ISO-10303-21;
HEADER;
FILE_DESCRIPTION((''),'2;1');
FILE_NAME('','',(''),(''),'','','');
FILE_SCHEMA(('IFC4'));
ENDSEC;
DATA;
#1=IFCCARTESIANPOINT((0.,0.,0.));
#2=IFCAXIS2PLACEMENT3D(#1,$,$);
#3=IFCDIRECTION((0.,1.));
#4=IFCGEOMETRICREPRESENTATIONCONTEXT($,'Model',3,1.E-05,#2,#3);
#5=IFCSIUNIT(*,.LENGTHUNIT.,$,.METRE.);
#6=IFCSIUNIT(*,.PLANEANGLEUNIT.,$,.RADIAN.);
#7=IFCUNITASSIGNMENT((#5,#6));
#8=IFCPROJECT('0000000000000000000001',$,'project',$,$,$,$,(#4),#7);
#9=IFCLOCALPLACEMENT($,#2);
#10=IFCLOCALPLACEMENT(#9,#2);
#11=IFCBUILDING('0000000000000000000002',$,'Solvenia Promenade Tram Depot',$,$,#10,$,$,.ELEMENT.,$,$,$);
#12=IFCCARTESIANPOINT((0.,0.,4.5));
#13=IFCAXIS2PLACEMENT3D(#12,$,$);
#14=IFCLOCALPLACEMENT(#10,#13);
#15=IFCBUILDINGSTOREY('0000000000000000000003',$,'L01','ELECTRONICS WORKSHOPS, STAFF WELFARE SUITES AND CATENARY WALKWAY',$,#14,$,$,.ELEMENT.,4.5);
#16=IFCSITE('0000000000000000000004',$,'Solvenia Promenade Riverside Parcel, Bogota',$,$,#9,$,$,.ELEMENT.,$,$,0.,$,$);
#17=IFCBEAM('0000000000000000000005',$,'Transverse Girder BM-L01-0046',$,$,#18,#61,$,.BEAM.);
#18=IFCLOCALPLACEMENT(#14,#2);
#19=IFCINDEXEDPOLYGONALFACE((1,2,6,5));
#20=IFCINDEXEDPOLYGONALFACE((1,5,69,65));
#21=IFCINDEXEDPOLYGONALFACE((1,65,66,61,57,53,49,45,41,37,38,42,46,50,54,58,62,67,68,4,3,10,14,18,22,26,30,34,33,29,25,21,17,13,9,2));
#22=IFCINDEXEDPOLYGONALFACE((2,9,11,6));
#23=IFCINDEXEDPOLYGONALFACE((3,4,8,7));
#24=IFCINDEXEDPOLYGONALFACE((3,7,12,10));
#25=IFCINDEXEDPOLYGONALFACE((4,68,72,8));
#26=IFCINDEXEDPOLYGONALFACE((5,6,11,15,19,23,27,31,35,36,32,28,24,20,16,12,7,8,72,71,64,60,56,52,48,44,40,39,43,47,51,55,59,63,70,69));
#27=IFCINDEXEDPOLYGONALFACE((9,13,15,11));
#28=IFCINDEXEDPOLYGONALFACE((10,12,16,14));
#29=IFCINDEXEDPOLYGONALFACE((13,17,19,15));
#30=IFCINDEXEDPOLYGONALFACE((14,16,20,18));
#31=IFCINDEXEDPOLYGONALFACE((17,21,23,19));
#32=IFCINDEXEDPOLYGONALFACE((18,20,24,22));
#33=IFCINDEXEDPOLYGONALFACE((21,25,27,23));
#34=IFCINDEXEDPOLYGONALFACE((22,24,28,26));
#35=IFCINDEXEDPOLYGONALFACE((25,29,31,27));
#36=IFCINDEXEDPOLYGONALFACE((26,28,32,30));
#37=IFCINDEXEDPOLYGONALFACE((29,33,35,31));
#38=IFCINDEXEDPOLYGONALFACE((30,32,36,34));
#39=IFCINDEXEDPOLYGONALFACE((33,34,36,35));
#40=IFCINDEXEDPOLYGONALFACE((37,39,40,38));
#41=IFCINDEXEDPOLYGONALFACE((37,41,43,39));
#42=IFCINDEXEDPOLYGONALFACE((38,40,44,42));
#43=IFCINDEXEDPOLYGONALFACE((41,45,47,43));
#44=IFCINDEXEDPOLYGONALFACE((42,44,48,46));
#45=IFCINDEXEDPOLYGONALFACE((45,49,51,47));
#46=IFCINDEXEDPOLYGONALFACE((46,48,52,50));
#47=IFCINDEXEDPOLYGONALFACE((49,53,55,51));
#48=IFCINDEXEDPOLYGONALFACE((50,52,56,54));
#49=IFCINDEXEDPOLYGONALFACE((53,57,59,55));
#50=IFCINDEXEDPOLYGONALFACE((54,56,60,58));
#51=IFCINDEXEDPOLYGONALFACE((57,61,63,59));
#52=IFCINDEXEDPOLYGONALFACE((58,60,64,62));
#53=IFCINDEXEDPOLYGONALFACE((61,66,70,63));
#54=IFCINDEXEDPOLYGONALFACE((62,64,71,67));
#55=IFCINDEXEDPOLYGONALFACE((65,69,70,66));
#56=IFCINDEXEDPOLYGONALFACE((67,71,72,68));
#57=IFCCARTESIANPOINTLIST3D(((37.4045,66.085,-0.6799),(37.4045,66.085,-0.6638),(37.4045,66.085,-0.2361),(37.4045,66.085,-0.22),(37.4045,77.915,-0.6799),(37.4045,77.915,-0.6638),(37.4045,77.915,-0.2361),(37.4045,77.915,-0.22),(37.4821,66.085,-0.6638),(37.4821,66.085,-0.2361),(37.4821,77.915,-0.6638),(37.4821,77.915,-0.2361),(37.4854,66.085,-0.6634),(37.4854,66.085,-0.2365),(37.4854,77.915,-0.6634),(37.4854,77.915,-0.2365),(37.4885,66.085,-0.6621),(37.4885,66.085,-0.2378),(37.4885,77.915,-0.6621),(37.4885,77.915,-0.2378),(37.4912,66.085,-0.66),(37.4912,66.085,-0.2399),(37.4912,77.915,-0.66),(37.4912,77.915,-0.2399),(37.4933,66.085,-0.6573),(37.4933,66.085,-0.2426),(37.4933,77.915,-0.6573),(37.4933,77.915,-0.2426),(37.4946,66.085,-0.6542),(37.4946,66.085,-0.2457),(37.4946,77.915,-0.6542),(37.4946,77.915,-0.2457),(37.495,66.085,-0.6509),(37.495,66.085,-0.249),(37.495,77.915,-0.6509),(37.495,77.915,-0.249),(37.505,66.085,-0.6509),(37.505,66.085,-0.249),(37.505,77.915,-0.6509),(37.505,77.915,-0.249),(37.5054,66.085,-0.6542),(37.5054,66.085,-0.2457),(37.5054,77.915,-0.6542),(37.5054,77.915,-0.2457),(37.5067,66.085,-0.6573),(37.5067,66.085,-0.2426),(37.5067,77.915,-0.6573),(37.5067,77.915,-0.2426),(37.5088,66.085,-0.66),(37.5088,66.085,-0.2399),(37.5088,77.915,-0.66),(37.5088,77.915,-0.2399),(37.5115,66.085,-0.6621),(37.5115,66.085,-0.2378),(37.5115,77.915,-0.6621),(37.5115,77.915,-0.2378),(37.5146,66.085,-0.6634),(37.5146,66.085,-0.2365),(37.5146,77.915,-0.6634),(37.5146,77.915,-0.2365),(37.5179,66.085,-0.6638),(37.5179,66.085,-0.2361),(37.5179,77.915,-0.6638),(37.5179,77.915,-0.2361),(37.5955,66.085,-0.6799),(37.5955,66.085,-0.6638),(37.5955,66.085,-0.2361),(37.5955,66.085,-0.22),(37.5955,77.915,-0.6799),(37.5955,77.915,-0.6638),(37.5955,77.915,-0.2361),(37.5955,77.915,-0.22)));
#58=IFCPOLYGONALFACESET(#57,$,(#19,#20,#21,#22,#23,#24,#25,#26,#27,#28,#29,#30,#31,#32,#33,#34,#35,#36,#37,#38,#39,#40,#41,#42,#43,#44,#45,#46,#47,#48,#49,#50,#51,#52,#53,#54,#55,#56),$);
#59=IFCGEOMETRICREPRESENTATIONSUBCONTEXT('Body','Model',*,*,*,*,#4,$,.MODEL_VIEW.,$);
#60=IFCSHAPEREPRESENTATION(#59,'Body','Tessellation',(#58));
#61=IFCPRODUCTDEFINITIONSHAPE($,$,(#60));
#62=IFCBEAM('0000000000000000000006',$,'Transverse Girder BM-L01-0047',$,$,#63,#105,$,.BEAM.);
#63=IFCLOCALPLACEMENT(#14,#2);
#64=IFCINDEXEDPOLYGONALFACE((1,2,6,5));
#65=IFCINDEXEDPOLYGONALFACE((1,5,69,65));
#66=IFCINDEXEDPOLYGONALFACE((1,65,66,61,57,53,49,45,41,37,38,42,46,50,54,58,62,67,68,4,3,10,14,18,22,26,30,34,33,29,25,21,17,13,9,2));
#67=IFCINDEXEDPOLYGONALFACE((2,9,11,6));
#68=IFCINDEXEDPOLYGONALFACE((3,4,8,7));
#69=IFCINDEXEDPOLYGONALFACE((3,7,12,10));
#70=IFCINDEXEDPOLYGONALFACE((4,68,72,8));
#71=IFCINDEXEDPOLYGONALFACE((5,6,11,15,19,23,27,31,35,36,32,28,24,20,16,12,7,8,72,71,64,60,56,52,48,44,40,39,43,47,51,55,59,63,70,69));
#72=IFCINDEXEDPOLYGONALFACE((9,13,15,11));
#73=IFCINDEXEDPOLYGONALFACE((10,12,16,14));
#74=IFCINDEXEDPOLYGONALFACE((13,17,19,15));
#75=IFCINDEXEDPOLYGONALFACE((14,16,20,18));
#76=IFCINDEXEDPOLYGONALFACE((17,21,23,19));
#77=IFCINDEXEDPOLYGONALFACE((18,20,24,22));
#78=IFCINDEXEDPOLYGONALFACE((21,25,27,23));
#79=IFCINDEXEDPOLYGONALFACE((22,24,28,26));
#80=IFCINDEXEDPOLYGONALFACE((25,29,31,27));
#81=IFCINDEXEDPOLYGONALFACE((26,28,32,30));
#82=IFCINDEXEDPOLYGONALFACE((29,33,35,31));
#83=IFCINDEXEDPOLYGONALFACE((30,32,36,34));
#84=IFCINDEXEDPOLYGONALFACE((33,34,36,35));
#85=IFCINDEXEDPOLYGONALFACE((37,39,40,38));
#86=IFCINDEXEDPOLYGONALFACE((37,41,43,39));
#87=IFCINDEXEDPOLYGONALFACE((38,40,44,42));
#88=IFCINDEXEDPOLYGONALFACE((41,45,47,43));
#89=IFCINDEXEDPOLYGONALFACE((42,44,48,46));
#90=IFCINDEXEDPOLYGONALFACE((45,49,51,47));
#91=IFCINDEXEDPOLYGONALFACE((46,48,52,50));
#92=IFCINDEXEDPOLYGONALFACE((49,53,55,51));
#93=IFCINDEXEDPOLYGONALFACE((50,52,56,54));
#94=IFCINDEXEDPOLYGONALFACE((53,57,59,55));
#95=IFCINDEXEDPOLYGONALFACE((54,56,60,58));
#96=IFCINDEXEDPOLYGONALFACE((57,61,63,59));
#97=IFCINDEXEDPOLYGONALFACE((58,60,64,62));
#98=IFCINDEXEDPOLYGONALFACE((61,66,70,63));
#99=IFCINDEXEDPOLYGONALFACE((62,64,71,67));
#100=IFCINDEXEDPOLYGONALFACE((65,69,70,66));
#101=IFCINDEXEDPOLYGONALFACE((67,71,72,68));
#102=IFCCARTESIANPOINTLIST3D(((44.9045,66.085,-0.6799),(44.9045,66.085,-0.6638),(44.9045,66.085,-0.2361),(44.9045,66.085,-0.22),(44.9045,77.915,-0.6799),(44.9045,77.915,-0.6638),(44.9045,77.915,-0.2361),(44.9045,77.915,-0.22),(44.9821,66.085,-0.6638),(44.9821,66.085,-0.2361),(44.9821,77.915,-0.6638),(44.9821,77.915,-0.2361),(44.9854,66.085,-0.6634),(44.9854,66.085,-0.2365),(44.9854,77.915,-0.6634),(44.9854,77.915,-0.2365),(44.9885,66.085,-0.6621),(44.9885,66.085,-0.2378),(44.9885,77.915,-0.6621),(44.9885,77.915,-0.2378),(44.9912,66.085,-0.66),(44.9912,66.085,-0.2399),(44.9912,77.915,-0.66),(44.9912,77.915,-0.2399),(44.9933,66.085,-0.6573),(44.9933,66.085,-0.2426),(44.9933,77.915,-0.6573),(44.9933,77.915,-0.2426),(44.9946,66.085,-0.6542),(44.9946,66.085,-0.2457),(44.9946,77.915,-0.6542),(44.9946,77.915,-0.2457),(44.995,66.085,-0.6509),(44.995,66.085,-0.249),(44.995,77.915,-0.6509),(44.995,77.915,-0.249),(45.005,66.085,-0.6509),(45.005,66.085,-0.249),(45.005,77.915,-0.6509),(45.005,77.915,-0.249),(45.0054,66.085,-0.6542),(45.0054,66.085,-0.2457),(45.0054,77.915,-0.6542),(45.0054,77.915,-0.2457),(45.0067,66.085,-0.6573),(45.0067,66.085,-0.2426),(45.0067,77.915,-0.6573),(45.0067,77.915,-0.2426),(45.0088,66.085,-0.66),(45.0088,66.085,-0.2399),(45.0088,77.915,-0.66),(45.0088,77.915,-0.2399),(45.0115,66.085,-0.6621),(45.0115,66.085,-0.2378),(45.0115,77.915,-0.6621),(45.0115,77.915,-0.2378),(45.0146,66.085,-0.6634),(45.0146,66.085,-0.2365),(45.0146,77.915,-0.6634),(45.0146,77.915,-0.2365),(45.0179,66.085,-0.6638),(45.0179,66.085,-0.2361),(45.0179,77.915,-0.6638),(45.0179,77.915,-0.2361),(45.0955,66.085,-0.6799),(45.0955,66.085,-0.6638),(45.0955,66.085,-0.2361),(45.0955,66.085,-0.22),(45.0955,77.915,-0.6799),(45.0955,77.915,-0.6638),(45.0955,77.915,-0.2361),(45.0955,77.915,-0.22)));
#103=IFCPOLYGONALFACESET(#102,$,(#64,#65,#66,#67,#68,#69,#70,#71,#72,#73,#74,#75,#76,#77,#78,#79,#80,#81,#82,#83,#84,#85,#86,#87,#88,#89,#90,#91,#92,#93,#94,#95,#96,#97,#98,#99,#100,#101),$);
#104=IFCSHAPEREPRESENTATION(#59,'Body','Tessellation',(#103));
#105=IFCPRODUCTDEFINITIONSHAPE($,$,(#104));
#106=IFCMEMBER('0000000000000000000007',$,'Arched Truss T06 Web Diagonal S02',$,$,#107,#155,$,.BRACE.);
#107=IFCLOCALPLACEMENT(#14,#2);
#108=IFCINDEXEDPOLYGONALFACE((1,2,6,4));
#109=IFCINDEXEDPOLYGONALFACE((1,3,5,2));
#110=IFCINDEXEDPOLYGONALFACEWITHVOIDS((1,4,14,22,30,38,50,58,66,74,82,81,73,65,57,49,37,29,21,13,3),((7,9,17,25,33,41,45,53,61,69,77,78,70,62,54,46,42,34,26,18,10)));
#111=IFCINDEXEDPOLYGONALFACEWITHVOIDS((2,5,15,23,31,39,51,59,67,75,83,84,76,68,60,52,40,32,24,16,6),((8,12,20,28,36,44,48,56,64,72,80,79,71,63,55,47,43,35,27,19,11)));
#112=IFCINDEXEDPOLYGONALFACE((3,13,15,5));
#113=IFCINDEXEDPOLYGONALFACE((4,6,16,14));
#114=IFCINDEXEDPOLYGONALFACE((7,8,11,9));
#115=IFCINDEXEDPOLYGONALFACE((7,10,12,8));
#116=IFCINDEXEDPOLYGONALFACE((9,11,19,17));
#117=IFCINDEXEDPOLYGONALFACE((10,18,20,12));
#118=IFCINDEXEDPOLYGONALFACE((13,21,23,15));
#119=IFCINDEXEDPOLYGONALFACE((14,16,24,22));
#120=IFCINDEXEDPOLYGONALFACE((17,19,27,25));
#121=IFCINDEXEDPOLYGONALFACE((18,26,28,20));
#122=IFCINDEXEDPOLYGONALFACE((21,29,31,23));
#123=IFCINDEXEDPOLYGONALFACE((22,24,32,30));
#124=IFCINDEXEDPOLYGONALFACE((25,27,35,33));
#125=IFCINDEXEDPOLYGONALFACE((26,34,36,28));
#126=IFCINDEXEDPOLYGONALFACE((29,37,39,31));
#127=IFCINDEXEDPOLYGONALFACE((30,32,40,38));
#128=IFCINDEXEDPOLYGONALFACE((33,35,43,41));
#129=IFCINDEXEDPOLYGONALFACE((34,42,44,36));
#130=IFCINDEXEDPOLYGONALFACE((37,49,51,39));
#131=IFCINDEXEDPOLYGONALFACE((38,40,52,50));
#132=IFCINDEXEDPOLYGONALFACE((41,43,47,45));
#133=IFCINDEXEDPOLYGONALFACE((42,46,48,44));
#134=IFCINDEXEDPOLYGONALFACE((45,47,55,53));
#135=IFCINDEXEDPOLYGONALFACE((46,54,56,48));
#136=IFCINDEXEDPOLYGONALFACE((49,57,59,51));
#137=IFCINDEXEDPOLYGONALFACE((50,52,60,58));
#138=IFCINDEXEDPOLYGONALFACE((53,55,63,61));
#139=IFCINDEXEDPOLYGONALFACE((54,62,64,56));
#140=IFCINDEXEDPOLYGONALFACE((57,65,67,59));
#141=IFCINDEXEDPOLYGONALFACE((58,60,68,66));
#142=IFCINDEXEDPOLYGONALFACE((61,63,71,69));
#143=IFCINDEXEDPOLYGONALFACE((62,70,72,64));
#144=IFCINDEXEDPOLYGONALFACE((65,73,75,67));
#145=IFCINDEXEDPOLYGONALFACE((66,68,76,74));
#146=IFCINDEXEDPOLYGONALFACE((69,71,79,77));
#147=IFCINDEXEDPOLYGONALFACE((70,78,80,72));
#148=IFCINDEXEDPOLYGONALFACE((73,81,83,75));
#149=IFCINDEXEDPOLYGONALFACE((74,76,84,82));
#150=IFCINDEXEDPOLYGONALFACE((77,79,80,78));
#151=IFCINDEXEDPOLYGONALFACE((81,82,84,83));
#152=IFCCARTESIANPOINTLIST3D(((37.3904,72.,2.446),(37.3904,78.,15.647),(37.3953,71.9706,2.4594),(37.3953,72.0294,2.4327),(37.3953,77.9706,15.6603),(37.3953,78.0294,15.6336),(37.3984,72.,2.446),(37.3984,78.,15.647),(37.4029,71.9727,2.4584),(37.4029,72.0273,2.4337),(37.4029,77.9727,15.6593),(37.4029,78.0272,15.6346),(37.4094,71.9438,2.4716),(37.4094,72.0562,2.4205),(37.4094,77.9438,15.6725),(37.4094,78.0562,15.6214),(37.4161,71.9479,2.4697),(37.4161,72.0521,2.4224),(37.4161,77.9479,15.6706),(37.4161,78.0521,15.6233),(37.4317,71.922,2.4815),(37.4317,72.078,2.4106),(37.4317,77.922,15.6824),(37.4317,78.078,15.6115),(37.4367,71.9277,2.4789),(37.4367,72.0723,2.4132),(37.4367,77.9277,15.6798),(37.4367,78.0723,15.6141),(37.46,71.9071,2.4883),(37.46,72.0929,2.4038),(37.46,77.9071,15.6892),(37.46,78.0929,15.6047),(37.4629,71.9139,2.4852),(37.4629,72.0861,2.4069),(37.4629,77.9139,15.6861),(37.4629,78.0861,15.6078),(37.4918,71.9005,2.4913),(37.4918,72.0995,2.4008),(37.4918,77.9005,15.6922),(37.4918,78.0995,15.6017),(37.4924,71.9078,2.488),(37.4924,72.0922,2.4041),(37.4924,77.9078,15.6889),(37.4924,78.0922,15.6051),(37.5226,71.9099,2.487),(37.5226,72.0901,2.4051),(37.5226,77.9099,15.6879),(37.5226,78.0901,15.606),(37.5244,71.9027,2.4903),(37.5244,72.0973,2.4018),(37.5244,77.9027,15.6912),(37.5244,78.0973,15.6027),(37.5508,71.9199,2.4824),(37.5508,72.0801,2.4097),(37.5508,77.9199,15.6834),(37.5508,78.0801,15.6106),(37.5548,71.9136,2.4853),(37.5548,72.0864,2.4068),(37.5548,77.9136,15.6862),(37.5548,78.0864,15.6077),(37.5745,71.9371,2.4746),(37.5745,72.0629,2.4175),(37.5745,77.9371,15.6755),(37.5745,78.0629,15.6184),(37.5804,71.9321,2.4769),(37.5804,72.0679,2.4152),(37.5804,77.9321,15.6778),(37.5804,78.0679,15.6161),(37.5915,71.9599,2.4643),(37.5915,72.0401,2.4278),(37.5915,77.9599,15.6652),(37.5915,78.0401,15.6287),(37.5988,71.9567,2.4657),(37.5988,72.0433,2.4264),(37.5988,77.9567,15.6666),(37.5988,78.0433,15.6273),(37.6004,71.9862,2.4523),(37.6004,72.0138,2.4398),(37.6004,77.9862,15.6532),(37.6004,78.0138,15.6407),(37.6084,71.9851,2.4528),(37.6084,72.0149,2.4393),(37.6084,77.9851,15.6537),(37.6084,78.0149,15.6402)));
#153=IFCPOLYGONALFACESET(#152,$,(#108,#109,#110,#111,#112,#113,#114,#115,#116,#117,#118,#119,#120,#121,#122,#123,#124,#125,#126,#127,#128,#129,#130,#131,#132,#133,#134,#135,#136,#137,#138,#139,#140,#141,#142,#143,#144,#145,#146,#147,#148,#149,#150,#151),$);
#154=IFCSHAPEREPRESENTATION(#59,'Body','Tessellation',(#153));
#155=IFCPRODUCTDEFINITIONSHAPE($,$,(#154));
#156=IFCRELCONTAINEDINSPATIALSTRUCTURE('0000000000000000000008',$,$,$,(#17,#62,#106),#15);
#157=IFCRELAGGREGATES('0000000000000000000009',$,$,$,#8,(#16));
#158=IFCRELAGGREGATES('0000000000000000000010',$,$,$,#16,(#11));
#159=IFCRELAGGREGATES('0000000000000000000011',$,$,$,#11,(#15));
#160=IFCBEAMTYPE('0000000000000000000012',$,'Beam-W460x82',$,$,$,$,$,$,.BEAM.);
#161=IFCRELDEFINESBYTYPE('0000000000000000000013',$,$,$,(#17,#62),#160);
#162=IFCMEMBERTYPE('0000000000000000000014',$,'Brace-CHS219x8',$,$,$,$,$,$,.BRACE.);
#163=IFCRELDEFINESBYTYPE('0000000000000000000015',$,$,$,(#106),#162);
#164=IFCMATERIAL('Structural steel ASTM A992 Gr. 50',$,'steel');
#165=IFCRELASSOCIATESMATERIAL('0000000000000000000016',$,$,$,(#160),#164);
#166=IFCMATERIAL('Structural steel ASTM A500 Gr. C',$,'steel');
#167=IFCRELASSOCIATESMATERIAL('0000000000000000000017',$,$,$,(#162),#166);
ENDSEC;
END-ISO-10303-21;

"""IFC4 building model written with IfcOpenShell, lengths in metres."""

from ifc_helpers import new_model, si_unit, direction, frame, origin, origin_2d, place, context, subcontext, project, spatial, hollow_circle, i_section, extrude, material, material_profile, profile_set, type_object, element, save


model = new_model("IFC4")

# Units and contexts
model_context = context("Model", 3, precision=1e-05, world=origin(), true_north=direction((0.0, 1.0)))
body_context = subcontext(model_context, "Body", "Model", "MODEL_VIEW")
ifc_project = project(units=[si_unit("LENGTHUNIT", "METRE"), si_unit("PLANEANGLEUNIT", "RADIAN")], contexts=[model_context])

# Site, building, storey
site_placement = place(None, origin())
site = spatial("IfcSite", under=ifc_project, at=site_placement, Name="Solvenia Promenade Riverside Parcel, Bogota", CompositionType="ELEMENT", RefElevation=0.0)
building_placement = place(site_placement, origin())
building = spatial("IfcBuilding", under=site, at=building_placement, Name="Solvenia Promenade Tram Depot", CompositionType="ELEMENT")
storey_placement = place(building_placement, frame((0.0, 0.0, 4.5)))
storey = spatial("IfcBuildingStorey", under=building, at=storey_placement, Name="L01", Description="ELECTRONICS WORKSHOPS, STAFF WELFARE SUITES AND CATENARY WALKWAY", CompositionType="ELEMENT", Elevation=4.5)

# Beams
ifc_material_1 = material(Name="Structural steel ASTM A992 Gr. 50", Category="steel")
ifc_material_profile_1 = material_profile(ifc_material_1, i_section(OverallWidth=0.1909, OverallDepth=0.46, WebThickness=0.01, FlangeThickness=0.0161, FilletRadius=0.0129, at=origin_2d()), Name="W460x82", Category="steel")
ifc_profile_set_1 = profile_set([ifc_material_profile_1], Name="Structural steel ASTM A992 Gr. 50")
beam_type_1 = type_object("IfcBeamType", Name="Beam-W460x82", PredefinedType="BEAM", material=ifc_profile_set_1)
for number, where, z_axis, x_axis, name in (
    (1, (37.5, 66.085, -0.45), (0.0, 1.0, 0.0), (-1.0, 0.0, 0.0), "Transverse Girder BM-L01-0046"),
    (2, (45.0, 66.085, -0.45), (0.0, 1.0, 0.0), (-1.0, 0.0, 0.0), "Transverse Girder BM-L01-0047"),
):
    element("IfcBeam", number, at=place(storey_placement, frame(where, z_axis=z_axis, x_axis=x_axis)), inside=storey, type_object=beam_type_1, Name=name, PredefinedType="BEAM", context=body_context, shape_type="SweptSolid", body=[
        extrude(i_section(OverallWidth=0.1909, OverallDepth=0.46, WebThickness=0.01, FlangeThickness=0.0161, FilletRadius=0.0129, at=origin_2d()), origin(), (0.0, 0.0, 1.0), 11.8301),
    ])

# Member
ifc_material_2 = material(Name="Structural steel ASTM A500 Gr. C", Category="steel")
ifc_material_profile_2 = material_profile(ifc_material_2, hollow_circle(Radius=0.1096, WallThickness=0.0081, at=origin_2d()), Name="CHS219.1x8", Category="steel")
ifc_profile_set_2 = profile_set([ifc_material_profile_2], Name="Structural steel ASTM A500 Gr. C")
member_type_1 = type_object("IfcMemberType", Name="Brace-CHS219x8", PredefinedType="BRACE", material=ifc_profile_set_2)
member_1_placement = place(storey_placement, frame((37.5, 72.0, 2.446), z_axis=(0.0, 0.413779, 0.910377), x_axis=(-1.0, 0.0, 0.0)))
element("IfcMember", 3, at=member_1_placement, inside=storey, type_object=member_type_1, Name="Arched Truss T06 Web Diagonal S02", PredefinedType="BRACE", context=body_context, shape_type="SweptSolid", body=[
    extrude(hollow_circle(Radius=0.1096, WallThickness=0.0081, at=origin_2d()), origin(), (0.0, 0.0, 1.0), 14.5005),
])

save(model, "model.ifc")
